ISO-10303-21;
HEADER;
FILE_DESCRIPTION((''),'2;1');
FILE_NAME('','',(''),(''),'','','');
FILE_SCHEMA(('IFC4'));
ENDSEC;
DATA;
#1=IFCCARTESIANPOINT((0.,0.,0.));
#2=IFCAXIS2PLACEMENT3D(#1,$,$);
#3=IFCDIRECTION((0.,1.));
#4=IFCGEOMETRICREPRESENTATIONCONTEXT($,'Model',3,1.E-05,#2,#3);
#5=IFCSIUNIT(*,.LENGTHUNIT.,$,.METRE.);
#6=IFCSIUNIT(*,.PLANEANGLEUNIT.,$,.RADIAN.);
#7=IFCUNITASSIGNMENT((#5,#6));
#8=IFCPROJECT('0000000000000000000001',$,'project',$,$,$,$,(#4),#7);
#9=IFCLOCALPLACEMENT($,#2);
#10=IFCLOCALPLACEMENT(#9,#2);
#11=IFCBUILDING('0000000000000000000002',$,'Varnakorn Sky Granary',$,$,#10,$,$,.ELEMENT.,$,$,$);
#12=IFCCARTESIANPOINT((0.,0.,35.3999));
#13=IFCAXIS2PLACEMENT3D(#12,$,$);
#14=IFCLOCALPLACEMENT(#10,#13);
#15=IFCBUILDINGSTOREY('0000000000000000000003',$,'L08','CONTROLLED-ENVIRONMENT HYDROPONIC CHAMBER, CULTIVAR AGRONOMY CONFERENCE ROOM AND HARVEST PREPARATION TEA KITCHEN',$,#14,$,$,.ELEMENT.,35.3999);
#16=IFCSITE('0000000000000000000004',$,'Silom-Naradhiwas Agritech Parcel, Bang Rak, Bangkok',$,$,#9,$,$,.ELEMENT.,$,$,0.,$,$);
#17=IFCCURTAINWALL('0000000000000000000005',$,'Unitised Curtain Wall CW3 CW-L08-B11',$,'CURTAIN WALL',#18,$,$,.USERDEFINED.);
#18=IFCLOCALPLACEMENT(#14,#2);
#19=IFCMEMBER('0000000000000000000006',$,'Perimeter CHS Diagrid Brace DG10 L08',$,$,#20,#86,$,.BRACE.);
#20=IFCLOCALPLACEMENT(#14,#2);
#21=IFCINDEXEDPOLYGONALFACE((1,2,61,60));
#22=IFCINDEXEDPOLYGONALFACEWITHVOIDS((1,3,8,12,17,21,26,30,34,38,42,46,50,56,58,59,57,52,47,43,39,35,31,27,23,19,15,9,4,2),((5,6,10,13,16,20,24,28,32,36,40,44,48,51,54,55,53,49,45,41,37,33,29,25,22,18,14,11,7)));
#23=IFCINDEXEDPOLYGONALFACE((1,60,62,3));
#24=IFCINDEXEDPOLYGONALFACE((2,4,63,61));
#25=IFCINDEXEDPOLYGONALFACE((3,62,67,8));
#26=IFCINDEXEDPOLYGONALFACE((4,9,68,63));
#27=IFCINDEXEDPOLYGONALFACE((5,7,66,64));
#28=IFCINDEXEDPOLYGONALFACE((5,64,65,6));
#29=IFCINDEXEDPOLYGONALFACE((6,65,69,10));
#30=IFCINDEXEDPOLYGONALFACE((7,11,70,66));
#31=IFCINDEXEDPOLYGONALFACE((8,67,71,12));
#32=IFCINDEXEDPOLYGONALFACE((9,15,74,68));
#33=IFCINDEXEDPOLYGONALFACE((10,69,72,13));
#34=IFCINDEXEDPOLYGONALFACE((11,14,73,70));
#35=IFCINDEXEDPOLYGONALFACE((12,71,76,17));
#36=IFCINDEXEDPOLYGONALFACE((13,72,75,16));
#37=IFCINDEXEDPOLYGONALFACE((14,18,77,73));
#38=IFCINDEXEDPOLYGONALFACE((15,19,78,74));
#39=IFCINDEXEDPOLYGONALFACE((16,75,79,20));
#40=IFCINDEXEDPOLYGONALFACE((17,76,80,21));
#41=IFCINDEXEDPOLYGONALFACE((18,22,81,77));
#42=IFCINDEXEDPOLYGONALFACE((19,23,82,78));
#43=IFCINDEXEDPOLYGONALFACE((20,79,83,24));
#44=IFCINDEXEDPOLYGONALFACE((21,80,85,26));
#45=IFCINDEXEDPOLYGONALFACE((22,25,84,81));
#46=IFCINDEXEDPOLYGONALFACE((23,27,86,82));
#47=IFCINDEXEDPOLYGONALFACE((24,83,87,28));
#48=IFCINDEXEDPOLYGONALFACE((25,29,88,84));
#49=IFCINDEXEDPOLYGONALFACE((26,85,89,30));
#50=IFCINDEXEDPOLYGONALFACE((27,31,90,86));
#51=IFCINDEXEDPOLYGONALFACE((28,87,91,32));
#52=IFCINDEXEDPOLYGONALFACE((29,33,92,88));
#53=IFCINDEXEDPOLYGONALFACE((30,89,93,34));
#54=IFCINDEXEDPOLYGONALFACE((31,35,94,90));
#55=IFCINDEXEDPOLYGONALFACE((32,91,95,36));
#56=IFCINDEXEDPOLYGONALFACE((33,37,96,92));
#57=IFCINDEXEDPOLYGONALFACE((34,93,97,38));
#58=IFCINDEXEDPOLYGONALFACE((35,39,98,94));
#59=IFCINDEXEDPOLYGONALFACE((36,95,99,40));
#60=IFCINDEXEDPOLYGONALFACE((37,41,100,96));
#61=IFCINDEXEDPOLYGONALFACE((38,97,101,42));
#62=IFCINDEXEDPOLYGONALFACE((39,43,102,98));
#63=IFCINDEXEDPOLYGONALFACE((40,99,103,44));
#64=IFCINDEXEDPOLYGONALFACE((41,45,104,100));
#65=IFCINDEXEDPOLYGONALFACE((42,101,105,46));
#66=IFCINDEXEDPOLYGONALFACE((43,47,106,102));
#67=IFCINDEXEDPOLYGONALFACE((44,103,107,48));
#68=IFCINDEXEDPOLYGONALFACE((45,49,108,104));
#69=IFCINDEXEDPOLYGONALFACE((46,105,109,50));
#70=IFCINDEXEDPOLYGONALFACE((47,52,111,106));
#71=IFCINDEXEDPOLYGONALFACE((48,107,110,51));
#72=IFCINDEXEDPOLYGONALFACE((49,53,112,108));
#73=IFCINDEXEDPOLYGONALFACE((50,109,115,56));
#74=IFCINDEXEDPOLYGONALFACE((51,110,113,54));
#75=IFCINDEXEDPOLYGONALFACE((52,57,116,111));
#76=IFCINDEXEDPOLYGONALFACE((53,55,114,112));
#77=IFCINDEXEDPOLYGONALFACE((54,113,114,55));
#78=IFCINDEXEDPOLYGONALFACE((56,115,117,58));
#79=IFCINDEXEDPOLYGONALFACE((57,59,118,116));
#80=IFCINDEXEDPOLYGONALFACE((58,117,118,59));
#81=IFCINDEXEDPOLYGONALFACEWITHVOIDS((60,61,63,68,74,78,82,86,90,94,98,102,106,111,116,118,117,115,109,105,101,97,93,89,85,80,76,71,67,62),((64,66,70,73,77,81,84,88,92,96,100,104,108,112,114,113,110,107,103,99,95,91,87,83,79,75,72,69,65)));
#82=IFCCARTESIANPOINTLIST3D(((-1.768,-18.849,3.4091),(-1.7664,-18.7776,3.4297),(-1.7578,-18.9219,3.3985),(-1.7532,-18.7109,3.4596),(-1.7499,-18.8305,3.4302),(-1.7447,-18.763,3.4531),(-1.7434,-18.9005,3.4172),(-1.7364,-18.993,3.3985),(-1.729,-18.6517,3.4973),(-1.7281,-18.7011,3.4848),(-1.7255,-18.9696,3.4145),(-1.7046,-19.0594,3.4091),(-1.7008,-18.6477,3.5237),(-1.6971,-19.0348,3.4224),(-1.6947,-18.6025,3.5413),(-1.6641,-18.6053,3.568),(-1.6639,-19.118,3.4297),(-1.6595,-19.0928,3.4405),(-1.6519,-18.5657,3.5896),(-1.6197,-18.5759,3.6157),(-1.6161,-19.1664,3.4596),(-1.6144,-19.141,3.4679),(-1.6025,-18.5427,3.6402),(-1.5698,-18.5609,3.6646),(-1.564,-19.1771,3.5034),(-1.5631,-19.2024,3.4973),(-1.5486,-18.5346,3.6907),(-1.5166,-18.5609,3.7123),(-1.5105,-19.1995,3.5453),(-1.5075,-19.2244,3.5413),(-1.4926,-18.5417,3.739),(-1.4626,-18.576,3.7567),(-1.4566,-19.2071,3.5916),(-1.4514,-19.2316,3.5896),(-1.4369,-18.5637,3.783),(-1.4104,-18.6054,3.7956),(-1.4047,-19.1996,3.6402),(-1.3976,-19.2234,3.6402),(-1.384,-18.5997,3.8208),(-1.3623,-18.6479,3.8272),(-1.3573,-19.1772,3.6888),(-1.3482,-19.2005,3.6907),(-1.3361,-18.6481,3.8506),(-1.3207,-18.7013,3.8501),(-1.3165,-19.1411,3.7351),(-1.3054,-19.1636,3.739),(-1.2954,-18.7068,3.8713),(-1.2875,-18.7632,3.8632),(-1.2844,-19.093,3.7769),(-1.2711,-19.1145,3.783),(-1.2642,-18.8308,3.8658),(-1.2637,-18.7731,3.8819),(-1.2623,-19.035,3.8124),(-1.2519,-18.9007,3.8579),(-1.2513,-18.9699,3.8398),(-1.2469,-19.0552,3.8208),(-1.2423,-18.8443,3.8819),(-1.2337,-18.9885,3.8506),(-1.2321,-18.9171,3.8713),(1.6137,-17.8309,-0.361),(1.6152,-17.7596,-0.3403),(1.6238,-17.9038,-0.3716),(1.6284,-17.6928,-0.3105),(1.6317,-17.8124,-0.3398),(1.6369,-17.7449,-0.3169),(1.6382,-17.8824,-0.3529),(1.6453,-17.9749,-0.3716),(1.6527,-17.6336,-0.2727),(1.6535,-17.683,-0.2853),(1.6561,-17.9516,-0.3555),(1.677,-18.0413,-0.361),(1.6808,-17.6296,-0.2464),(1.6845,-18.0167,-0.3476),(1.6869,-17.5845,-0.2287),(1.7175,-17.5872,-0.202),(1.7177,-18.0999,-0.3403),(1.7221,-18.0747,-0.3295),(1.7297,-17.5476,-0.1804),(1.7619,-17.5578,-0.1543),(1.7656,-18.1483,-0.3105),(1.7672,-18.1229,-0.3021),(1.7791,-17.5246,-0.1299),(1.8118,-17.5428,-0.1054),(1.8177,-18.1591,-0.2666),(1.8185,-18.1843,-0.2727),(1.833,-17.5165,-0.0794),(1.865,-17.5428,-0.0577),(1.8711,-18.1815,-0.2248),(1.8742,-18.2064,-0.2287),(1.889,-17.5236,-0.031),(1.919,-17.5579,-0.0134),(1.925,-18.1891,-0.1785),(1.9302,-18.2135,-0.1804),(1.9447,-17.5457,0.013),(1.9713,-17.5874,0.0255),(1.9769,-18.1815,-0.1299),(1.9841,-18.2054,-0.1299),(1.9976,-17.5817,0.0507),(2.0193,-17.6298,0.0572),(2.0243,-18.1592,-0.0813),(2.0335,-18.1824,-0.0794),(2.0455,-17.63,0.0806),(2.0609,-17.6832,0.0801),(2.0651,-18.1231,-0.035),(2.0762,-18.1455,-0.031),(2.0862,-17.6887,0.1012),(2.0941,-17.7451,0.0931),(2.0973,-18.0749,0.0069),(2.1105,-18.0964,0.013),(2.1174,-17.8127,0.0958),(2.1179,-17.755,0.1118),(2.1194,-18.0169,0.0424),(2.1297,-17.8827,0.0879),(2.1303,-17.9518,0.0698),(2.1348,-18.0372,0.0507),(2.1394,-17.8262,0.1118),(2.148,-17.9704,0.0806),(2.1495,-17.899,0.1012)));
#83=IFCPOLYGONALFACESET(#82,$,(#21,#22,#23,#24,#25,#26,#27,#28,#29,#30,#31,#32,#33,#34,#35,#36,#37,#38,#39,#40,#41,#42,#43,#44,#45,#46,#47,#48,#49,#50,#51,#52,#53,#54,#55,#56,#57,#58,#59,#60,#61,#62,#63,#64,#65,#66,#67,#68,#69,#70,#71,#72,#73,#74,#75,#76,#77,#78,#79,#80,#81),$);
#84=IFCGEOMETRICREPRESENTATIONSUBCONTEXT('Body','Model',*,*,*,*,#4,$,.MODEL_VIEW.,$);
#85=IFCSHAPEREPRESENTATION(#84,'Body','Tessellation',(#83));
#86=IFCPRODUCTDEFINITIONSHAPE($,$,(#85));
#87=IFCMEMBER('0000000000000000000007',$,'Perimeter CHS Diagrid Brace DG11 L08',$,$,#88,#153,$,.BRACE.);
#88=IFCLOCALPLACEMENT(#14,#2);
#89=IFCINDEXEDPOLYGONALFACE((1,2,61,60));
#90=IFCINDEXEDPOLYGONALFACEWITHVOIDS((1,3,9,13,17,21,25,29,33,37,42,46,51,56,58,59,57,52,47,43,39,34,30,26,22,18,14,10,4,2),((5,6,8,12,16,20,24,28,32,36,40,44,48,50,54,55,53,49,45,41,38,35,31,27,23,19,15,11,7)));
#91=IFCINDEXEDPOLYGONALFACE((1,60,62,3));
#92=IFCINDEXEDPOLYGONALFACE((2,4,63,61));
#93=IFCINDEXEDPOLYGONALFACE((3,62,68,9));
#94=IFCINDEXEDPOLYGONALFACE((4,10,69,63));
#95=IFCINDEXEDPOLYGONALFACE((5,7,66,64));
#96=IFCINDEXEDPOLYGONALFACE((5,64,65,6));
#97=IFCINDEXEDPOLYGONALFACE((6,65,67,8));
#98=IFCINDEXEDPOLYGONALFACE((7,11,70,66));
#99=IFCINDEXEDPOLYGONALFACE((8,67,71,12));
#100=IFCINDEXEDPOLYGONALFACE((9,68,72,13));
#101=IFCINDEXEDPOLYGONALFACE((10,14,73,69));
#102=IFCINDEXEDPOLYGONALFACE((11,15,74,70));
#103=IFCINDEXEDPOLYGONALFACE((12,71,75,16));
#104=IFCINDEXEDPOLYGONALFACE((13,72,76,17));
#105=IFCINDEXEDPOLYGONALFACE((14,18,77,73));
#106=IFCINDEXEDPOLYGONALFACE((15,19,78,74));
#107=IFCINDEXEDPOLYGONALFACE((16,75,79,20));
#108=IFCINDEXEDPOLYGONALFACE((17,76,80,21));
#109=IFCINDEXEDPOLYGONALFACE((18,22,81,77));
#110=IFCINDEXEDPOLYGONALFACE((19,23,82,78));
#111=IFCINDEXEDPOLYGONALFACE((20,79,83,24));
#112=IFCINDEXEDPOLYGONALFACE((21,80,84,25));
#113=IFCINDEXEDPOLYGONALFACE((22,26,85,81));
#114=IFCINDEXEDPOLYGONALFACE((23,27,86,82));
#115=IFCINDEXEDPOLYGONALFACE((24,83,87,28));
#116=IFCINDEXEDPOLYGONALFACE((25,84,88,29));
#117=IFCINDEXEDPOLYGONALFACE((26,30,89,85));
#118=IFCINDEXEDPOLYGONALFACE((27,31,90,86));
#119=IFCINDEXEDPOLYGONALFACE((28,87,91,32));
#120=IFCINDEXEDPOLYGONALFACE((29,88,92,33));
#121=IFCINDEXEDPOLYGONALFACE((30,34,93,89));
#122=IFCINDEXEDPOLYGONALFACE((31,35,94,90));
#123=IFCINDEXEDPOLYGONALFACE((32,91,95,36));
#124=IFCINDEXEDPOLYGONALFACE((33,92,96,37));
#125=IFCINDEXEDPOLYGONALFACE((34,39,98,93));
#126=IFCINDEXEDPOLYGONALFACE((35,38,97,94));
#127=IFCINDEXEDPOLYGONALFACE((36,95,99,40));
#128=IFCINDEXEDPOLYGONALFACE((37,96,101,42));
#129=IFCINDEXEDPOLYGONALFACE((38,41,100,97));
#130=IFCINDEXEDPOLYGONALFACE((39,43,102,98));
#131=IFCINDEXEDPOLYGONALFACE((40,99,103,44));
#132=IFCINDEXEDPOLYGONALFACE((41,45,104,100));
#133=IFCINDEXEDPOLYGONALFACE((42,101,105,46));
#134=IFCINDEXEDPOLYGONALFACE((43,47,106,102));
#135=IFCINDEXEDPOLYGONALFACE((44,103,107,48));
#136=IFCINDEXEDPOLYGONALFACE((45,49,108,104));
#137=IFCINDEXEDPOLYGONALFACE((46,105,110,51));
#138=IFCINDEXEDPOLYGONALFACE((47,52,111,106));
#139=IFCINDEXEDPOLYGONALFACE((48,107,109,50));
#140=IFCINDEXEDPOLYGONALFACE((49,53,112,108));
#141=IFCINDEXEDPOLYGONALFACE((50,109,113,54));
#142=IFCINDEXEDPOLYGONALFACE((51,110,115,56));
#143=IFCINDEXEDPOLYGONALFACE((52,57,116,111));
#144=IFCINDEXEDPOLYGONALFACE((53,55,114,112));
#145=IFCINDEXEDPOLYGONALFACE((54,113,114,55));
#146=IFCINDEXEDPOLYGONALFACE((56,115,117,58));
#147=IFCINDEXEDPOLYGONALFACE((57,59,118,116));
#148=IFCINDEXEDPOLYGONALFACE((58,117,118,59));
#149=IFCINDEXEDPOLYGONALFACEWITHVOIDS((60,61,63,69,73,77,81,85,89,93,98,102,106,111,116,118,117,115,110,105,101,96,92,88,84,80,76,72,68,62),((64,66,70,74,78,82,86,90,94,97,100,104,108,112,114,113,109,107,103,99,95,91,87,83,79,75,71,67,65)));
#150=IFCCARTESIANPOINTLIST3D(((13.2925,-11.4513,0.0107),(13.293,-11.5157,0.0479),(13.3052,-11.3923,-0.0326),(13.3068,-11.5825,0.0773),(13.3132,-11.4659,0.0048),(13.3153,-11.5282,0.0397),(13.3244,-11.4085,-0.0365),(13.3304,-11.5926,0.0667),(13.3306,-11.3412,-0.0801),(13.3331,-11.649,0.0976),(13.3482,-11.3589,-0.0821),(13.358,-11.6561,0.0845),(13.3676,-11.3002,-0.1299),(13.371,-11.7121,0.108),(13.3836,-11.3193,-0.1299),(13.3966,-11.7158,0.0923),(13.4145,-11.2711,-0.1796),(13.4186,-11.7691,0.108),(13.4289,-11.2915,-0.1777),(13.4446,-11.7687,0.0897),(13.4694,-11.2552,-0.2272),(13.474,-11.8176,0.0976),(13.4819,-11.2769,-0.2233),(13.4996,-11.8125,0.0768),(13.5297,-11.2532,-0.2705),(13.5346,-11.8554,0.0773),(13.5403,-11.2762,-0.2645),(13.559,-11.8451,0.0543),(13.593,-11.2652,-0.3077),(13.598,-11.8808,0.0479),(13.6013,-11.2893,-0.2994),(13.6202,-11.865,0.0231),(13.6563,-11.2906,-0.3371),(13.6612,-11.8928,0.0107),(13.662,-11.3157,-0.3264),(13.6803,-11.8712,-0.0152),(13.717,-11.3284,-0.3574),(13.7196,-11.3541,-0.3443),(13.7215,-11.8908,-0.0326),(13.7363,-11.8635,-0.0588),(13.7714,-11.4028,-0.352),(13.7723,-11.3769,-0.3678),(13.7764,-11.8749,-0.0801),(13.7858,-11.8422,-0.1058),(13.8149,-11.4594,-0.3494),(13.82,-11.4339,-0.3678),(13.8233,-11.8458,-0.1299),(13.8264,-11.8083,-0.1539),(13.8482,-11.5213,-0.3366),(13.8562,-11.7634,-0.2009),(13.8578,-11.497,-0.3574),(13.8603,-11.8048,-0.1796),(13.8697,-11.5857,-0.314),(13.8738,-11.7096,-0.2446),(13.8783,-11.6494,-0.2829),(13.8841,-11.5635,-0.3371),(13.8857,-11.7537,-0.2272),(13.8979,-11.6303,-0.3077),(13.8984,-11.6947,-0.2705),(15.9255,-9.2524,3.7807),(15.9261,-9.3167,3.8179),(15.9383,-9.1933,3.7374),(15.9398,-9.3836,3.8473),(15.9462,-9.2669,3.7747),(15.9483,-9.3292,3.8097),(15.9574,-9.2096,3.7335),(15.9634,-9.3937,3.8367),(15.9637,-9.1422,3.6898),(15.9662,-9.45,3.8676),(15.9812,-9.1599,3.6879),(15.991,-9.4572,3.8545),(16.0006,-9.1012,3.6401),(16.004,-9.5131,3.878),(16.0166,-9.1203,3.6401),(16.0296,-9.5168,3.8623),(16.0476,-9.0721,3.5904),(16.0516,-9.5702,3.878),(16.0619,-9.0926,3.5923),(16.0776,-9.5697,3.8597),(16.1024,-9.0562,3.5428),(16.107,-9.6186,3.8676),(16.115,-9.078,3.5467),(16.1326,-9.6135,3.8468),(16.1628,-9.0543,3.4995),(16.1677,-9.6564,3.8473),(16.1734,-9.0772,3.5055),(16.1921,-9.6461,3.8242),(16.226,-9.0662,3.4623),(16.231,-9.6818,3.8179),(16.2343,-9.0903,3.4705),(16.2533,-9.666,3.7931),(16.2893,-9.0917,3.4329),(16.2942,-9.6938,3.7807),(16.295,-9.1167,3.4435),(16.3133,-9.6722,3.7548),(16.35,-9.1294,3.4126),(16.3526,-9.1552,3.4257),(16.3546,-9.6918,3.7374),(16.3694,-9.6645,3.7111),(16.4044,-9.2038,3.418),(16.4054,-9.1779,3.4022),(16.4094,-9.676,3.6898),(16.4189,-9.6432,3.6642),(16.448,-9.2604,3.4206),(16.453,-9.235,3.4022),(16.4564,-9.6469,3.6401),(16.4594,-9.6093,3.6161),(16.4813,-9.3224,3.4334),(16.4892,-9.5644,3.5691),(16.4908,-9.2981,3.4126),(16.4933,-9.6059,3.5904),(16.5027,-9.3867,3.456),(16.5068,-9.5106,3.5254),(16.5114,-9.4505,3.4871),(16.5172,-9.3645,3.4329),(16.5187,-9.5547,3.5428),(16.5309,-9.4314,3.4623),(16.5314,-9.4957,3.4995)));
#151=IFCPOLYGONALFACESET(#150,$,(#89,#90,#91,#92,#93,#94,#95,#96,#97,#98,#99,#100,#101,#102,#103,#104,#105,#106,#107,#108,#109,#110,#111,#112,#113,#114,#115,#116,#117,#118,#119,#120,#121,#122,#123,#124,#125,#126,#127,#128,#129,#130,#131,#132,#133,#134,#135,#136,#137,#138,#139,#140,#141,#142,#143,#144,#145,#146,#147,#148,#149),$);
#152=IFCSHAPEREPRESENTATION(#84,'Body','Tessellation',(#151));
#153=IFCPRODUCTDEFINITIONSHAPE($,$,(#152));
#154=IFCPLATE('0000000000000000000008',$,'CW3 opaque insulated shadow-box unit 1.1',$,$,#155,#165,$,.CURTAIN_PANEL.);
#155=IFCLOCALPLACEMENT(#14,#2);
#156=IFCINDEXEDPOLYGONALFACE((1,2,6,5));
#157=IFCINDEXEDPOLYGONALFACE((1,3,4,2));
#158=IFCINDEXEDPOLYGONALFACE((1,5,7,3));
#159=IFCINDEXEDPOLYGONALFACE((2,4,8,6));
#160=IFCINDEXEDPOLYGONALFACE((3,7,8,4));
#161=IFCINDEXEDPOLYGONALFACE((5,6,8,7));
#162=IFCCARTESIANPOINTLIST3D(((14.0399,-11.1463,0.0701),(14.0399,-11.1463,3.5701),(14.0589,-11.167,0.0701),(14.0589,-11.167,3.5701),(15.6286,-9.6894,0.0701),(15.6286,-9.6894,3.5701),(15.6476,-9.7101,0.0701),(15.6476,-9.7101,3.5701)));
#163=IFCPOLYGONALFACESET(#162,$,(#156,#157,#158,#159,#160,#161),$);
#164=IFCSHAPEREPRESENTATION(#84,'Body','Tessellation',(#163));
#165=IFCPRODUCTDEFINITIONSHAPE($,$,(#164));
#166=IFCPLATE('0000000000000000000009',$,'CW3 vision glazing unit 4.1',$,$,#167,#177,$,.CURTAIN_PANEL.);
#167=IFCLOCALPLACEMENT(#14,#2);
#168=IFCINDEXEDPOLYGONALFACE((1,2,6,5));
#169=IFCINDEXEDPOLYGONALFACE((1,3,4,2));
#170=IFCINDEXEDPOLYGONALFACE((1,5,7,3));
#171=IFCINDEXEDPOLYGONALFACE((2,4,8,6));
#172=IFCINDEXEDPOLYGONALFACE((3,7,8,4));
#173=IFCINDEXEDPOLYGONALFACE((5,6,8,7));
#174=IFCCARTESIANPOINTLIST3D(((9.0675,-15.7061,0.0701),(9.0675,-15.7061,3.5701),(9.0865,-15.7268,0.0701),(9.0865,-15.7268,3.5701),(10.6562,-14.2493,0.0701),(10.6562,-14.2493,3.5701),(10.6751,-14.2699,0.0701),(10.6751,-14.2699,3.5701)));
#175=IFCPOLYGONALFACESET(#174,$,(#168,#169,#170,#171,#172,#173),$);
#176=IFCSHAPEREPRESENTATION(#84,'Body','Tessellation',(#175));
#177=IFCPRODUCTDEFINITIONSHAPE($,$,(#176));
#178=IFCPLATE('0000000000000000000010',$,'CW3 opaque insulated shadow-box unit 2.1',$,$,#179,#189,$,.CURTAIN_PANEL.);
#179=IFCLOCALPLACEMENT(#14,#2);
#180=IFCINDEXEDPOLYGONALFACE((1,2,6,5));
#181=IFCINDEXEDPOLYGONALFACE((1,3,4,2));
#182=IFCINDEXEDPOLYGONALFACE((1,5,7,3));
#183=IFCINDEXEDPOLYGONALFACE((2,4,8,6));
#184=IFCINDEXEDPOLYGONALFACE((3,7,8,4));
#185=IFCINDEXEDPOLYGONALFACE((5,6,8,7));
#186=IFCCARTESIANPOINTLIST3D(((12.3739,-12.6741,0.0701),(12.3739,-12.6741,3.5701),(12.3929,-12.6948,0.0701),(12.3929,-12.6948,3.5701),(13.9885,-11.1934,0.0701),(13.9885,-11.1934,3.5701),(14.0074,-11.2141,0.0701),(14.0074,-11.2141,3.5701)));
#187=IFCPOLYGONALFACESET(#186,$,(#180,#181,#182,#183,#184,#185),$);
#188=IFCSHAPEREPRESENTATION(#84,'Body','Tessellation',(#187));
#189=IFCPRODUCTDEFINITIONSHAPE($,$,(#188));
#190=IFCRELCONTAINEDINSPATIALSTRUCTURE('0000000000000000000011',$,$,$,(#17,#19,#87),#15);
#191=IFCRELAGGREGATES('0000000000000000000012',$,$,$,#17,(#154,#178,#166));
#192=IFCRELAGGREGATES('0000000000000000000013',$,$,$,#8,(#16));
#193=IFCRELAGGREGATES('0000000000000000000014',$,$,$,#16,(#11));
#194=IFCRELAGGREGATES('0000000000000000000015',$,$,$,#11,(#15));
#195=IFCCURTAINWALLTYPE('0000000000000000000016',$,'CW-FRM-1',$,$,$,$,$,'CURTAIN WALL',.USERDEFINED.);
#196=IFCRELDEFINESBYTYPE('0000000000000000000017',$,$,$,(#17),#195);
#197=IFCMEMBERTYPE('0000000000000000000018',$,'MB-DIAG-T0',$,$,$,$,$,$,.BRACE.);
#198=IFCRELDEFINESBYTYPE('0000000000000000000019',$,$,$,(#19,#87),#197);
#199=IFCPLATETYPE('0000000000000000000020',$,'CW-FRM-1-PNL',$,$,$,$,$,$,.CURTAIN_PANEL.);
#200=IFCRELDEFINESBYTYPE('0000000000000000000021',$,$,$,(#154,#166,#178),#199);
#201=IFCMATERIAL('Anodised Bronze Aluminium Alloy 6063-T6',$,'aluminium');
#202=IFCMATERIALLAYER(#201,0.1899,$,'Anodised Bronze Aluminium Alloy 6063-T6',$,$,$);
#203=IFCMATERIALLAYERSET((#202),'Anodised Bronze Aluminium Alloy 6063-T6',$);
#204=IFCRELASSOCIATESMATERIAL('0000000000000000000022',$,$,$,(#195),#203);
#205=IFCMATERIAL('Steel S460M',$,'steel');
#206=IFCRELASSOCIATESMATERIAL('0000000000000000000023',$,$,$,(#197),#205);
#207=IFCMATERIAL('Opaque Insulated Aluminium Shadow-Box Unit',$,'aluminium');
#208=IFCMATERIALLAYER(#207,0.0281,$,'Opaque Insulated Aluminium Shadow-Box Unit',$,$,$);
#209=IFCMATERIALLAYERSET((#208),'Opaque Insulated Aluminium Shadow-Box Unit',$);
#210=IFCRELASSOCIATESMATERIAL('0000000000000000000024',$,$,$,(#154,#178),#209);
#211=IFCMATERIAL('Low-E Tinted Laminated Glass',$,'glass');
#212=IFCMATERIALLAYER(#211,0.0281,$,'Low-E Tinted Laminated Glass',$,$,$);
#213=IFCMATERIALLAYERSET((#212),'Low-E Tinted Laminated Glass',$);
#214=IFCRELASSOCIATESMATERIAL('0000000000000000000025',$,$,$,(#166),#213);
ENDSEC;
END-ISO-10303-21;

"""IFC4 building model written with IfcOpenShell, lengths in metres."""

from ifc_helpers import new_model, si_unit, direction, frame, origin, origin_2d, place, context, subcontext, project, spatial, rectangle, hollow_circle, extrude, source, transform, mapped, material, layer, layer_set, material_profile, profile_set, type_object, element, aggregate, save


model = new_model("IFC4")

# Units and contexts
model_context = context("Model", 3, precision=1e-05, world=origin(), true_north=direction((0.0, 1.0)))
body_context = subcontext(model_context, "Body", "Model", "MODEL_VIEW")
ifc_project = project(units=[si_unit("LENGTHUNIT", "METRE"), si_unit("PLANEANGLEUNIT", "RADIAN")], contexts=[model_context])

# Site, building, storey
site_placement = place(None, origin())
site = spatial("IfcSite", under=ifc_project, at=site_placement, Name="Silom-Naradhiwas Agritech Parcel, Bang Rak, Bangkok", CompositionType="ELEMENT", RefElevation=0.0)
building_placement = place(site_placement, origin())
building = spatial("IfcBuilding", under=site, at=building_placement, Name="Varnakorn Sky Granary", CompositionType="ELEMENT")
storey_placement = place(building_placement, frame((0.0, 0.0, 35.3999)))
storey = spatial("IfcBuildingStorey", under=building, at=storey_placement, Name="L08", Description="CONTROLLED-ENVIRONMENT HYDROPONIC CHAMBER, CULTIVAR AGRONOMY CONFERENCE ROOM AND HARVEST PREPARATION TEA KITCHEN", CompositionType="ELEMENT", Elevation=35.3999)

# Shared definitions
ifc_material_1 = material(Name="Steel S460M", Category="steel")

# Curtain wall
ifc_material_2 = material(Name="Anodised Bronze Aluminium Alloy 6063-T6", Category="aluminium")
ifc_layer_1 = layer(ifc_material_2, 0.1899, Name="Anodised Bronze Aluminium Alloy 6063-T6")
ifc_layer_set_1 = layer_set([ifc_layer_1], Name="Anodised Bronze Aluminium Alloy 6063-T6")
curtain_wall_type = type_object("IfcCurtainWallType", Name="CW-FRM-1", ElementType="CURTAIN WALL", PredefinedType="USERDEFINED", material=ifc_layer_set_1)
curtain_wall_1_placement = place(storey_placement, origin())
curtain_wall_1 = element("IfcCurtainWall", 1, at=curtain_wall_1_placement, inside=storey, type_object=curtain_wall_type, Name="Unitised Curtain Wall CW3 CW-L08-B11", ObjectType="CURTAIN WALL", PredefinedType="USERDEFINED")

# Members
ifc_material_profile_1 = material_profile(ifc_material_1, hollow_circle(Radius=0.3555, WallThickness=0.0249, at=origin_2d()), Name="CHS 711x25")
ifc_profile_set_1 = profile_set([ifc_material_profile_1], Name="Steel S460M")
member_type_1 = type_object("IfcMemberType", Name="MB-DIAG-T0", PredefinedType="BRACE", material=ifc_profile_set_1)
member_1_placement = place(storey_placement, frame((1.8816, -17.865, -0.1299), z_axis=(-0.654622, -0.197081, 0.729815), x_axis=(0.28828, -0.957546, 0.0)))
element("IfcMember", 2, at=member_1_placement, inside=storey, type_object=member_type_1, Name="Perimeter CHS Diagrid Brace DG10 L08", PredefinedType="BRACE", context=body_context, shape_type="SweptSolid", body=[
    extrude(hollow_circle(Radius=0.3555, WallThickness=0.0249, at=origin_2d()), origin(), (0.0, 0.0, 1.0), 5.1658),
])
member_2_placement = place(storey_placement, frame((13.5955, -11.573, -0.1299), z_axis=(0.516568, 0.431408, 0.739625), x_axis=(-0.641003, 0.767538, 0.0)))
element("IfcMember", 3, at=member_2_placement, inside=storey, type_object=member_type_1, Name="Perimeter CHS Diagrid Brace DG11 L08", PredefinedType="BRACE", context=body_context, shape_type="SweptSolid", body=[
    extrude(hollow_circle(Radius=0.3555, WallThickness=0.0249, at=origin_2d()), origin(), (0.0, 0.0, 1.0), 5.0972),
])

# Plates
ifc_material_3 = material(Name="Opaque Insulated Aluminium Shadow-Box Unit", Category="aluminium")
ifc_layer_2 = layer(ifc_material_3, 0.0281, Name="Opaque Insulated Aluminium Shadow-Box Unit")
ifc_layer_set_2 = layer_set([ifc_layer_2], Name="Opaque Insulated Aluminium Shadow-Box Unit")
plate_type = type_object("IfcPlateType", Name="CW-FRM-1-PNL", PredefinedType="CURTAIN_PANEL")
shared_shape_1 = source(origin(), body_context, "Body", "SweptSolid", [
    extrude(rectangle(XDim=2.1555, YDim=0.0281, at=origin_2d()), origin(), (0.0, 0.0, 1.0), 3.5),
])
plate_1_placement = place(storey_placement, frame((14.8438, -10.4282, 0.0701), z_axis=(0.0, 0.0, 1.0), x_axis=(-0.737013, -0.675878, 0.0)))
plate_1 = element("IfcPlate", 4, at=plate_1_placement, type_object=plate_type, material=ifc_layer_set_2, Name="CW3 opaque insulated shadow-box unit 1.1", PredefinedType="CURTAIN_PANEL", context=body_context, shape_type="MappedRepresentation", body=[
    mapped(shared_shape_1, transform((0.0, 0.0, 0.0), x_axis=(1.0, 0.0, 0.0), y_axis=(0.0, 1.0, 0.0), z_axis=(0.0, 0.0, 1.0), scale=1.0)),
])
ifc_material_4 = material(Name="Low-E Tinted Laminated Glass", Category="glass")
ifc_layer_3 = layer(ifc_material_4, 0.0281, Name="Low-E Tinted Laminated Glass")
ifc_layer_set_3 = layer_set([ifc_layer_3], Name="Low-E Tinted Laminated Glass")
plate_2_placement = place(storey_placement, frame((9.8713, -14.988, 0.0701), z_axis=(0.0, 0.0, 1.0), x_axis=(-0.737013, -0.675878, 0.0)))
plate_2 = element("IfcPlate", 5, at=plate_2_placement, type_object=plate_type, material=ifc_layer_set_3, Name="CW3 vision glazing unit 4.1", PredefinedType="CURTAIN_PANEL", context=body_context, shape_type="MappedRepresentation", body=[
    mapped(shared_shape_1, transform((0.0, 0.0, 0.0), x_axis=(1.0, 0.0, 0.0), y_axis=(0.0, 1.0, 0.0), z_axis=(0.0, 0.0, 1.0), scale=1.0)),
])
shared_shape_2 = source(origin(), body_context, "Body", "SweptSolid", [
    extrude(rectangle(XDim=2.1907, YDim=0.0281, at=origin_2d()), origin(), (0.0, 0.0, 1.0), 3.5),
])
plate_3_placement = place(storey_placement, frame((13.1907, -11.9441, 0.0701), z_axis=(0.0, 0.0, 1.0), x_axis=(-0.737013, -0.675878, 0.0)))
plate_3 = element("IfcPlate", 6, at=plate_3_placement, type_object=plate_type, material=ifc_layer_set_2, Name="CW3 opaque insulated shadow-box unit 2.1", PredefinedType="CURTAIN_PANEL", context=body_context, shape_type="MappedRepresentation", body=[
    mapped(shared_shape_2, transform((0.0, 0.0, 0.0), x_axis=(1.0, 0.0, 0.0), y_axis=(0.0, 1.0, 0.0), z_axis=(0.0, 0.0, 1.0), scale=1.0)),
])
aggregate(curtain_wall_1, [plate_1, plate_3, plate_2])

save(model, "model.ifc")
